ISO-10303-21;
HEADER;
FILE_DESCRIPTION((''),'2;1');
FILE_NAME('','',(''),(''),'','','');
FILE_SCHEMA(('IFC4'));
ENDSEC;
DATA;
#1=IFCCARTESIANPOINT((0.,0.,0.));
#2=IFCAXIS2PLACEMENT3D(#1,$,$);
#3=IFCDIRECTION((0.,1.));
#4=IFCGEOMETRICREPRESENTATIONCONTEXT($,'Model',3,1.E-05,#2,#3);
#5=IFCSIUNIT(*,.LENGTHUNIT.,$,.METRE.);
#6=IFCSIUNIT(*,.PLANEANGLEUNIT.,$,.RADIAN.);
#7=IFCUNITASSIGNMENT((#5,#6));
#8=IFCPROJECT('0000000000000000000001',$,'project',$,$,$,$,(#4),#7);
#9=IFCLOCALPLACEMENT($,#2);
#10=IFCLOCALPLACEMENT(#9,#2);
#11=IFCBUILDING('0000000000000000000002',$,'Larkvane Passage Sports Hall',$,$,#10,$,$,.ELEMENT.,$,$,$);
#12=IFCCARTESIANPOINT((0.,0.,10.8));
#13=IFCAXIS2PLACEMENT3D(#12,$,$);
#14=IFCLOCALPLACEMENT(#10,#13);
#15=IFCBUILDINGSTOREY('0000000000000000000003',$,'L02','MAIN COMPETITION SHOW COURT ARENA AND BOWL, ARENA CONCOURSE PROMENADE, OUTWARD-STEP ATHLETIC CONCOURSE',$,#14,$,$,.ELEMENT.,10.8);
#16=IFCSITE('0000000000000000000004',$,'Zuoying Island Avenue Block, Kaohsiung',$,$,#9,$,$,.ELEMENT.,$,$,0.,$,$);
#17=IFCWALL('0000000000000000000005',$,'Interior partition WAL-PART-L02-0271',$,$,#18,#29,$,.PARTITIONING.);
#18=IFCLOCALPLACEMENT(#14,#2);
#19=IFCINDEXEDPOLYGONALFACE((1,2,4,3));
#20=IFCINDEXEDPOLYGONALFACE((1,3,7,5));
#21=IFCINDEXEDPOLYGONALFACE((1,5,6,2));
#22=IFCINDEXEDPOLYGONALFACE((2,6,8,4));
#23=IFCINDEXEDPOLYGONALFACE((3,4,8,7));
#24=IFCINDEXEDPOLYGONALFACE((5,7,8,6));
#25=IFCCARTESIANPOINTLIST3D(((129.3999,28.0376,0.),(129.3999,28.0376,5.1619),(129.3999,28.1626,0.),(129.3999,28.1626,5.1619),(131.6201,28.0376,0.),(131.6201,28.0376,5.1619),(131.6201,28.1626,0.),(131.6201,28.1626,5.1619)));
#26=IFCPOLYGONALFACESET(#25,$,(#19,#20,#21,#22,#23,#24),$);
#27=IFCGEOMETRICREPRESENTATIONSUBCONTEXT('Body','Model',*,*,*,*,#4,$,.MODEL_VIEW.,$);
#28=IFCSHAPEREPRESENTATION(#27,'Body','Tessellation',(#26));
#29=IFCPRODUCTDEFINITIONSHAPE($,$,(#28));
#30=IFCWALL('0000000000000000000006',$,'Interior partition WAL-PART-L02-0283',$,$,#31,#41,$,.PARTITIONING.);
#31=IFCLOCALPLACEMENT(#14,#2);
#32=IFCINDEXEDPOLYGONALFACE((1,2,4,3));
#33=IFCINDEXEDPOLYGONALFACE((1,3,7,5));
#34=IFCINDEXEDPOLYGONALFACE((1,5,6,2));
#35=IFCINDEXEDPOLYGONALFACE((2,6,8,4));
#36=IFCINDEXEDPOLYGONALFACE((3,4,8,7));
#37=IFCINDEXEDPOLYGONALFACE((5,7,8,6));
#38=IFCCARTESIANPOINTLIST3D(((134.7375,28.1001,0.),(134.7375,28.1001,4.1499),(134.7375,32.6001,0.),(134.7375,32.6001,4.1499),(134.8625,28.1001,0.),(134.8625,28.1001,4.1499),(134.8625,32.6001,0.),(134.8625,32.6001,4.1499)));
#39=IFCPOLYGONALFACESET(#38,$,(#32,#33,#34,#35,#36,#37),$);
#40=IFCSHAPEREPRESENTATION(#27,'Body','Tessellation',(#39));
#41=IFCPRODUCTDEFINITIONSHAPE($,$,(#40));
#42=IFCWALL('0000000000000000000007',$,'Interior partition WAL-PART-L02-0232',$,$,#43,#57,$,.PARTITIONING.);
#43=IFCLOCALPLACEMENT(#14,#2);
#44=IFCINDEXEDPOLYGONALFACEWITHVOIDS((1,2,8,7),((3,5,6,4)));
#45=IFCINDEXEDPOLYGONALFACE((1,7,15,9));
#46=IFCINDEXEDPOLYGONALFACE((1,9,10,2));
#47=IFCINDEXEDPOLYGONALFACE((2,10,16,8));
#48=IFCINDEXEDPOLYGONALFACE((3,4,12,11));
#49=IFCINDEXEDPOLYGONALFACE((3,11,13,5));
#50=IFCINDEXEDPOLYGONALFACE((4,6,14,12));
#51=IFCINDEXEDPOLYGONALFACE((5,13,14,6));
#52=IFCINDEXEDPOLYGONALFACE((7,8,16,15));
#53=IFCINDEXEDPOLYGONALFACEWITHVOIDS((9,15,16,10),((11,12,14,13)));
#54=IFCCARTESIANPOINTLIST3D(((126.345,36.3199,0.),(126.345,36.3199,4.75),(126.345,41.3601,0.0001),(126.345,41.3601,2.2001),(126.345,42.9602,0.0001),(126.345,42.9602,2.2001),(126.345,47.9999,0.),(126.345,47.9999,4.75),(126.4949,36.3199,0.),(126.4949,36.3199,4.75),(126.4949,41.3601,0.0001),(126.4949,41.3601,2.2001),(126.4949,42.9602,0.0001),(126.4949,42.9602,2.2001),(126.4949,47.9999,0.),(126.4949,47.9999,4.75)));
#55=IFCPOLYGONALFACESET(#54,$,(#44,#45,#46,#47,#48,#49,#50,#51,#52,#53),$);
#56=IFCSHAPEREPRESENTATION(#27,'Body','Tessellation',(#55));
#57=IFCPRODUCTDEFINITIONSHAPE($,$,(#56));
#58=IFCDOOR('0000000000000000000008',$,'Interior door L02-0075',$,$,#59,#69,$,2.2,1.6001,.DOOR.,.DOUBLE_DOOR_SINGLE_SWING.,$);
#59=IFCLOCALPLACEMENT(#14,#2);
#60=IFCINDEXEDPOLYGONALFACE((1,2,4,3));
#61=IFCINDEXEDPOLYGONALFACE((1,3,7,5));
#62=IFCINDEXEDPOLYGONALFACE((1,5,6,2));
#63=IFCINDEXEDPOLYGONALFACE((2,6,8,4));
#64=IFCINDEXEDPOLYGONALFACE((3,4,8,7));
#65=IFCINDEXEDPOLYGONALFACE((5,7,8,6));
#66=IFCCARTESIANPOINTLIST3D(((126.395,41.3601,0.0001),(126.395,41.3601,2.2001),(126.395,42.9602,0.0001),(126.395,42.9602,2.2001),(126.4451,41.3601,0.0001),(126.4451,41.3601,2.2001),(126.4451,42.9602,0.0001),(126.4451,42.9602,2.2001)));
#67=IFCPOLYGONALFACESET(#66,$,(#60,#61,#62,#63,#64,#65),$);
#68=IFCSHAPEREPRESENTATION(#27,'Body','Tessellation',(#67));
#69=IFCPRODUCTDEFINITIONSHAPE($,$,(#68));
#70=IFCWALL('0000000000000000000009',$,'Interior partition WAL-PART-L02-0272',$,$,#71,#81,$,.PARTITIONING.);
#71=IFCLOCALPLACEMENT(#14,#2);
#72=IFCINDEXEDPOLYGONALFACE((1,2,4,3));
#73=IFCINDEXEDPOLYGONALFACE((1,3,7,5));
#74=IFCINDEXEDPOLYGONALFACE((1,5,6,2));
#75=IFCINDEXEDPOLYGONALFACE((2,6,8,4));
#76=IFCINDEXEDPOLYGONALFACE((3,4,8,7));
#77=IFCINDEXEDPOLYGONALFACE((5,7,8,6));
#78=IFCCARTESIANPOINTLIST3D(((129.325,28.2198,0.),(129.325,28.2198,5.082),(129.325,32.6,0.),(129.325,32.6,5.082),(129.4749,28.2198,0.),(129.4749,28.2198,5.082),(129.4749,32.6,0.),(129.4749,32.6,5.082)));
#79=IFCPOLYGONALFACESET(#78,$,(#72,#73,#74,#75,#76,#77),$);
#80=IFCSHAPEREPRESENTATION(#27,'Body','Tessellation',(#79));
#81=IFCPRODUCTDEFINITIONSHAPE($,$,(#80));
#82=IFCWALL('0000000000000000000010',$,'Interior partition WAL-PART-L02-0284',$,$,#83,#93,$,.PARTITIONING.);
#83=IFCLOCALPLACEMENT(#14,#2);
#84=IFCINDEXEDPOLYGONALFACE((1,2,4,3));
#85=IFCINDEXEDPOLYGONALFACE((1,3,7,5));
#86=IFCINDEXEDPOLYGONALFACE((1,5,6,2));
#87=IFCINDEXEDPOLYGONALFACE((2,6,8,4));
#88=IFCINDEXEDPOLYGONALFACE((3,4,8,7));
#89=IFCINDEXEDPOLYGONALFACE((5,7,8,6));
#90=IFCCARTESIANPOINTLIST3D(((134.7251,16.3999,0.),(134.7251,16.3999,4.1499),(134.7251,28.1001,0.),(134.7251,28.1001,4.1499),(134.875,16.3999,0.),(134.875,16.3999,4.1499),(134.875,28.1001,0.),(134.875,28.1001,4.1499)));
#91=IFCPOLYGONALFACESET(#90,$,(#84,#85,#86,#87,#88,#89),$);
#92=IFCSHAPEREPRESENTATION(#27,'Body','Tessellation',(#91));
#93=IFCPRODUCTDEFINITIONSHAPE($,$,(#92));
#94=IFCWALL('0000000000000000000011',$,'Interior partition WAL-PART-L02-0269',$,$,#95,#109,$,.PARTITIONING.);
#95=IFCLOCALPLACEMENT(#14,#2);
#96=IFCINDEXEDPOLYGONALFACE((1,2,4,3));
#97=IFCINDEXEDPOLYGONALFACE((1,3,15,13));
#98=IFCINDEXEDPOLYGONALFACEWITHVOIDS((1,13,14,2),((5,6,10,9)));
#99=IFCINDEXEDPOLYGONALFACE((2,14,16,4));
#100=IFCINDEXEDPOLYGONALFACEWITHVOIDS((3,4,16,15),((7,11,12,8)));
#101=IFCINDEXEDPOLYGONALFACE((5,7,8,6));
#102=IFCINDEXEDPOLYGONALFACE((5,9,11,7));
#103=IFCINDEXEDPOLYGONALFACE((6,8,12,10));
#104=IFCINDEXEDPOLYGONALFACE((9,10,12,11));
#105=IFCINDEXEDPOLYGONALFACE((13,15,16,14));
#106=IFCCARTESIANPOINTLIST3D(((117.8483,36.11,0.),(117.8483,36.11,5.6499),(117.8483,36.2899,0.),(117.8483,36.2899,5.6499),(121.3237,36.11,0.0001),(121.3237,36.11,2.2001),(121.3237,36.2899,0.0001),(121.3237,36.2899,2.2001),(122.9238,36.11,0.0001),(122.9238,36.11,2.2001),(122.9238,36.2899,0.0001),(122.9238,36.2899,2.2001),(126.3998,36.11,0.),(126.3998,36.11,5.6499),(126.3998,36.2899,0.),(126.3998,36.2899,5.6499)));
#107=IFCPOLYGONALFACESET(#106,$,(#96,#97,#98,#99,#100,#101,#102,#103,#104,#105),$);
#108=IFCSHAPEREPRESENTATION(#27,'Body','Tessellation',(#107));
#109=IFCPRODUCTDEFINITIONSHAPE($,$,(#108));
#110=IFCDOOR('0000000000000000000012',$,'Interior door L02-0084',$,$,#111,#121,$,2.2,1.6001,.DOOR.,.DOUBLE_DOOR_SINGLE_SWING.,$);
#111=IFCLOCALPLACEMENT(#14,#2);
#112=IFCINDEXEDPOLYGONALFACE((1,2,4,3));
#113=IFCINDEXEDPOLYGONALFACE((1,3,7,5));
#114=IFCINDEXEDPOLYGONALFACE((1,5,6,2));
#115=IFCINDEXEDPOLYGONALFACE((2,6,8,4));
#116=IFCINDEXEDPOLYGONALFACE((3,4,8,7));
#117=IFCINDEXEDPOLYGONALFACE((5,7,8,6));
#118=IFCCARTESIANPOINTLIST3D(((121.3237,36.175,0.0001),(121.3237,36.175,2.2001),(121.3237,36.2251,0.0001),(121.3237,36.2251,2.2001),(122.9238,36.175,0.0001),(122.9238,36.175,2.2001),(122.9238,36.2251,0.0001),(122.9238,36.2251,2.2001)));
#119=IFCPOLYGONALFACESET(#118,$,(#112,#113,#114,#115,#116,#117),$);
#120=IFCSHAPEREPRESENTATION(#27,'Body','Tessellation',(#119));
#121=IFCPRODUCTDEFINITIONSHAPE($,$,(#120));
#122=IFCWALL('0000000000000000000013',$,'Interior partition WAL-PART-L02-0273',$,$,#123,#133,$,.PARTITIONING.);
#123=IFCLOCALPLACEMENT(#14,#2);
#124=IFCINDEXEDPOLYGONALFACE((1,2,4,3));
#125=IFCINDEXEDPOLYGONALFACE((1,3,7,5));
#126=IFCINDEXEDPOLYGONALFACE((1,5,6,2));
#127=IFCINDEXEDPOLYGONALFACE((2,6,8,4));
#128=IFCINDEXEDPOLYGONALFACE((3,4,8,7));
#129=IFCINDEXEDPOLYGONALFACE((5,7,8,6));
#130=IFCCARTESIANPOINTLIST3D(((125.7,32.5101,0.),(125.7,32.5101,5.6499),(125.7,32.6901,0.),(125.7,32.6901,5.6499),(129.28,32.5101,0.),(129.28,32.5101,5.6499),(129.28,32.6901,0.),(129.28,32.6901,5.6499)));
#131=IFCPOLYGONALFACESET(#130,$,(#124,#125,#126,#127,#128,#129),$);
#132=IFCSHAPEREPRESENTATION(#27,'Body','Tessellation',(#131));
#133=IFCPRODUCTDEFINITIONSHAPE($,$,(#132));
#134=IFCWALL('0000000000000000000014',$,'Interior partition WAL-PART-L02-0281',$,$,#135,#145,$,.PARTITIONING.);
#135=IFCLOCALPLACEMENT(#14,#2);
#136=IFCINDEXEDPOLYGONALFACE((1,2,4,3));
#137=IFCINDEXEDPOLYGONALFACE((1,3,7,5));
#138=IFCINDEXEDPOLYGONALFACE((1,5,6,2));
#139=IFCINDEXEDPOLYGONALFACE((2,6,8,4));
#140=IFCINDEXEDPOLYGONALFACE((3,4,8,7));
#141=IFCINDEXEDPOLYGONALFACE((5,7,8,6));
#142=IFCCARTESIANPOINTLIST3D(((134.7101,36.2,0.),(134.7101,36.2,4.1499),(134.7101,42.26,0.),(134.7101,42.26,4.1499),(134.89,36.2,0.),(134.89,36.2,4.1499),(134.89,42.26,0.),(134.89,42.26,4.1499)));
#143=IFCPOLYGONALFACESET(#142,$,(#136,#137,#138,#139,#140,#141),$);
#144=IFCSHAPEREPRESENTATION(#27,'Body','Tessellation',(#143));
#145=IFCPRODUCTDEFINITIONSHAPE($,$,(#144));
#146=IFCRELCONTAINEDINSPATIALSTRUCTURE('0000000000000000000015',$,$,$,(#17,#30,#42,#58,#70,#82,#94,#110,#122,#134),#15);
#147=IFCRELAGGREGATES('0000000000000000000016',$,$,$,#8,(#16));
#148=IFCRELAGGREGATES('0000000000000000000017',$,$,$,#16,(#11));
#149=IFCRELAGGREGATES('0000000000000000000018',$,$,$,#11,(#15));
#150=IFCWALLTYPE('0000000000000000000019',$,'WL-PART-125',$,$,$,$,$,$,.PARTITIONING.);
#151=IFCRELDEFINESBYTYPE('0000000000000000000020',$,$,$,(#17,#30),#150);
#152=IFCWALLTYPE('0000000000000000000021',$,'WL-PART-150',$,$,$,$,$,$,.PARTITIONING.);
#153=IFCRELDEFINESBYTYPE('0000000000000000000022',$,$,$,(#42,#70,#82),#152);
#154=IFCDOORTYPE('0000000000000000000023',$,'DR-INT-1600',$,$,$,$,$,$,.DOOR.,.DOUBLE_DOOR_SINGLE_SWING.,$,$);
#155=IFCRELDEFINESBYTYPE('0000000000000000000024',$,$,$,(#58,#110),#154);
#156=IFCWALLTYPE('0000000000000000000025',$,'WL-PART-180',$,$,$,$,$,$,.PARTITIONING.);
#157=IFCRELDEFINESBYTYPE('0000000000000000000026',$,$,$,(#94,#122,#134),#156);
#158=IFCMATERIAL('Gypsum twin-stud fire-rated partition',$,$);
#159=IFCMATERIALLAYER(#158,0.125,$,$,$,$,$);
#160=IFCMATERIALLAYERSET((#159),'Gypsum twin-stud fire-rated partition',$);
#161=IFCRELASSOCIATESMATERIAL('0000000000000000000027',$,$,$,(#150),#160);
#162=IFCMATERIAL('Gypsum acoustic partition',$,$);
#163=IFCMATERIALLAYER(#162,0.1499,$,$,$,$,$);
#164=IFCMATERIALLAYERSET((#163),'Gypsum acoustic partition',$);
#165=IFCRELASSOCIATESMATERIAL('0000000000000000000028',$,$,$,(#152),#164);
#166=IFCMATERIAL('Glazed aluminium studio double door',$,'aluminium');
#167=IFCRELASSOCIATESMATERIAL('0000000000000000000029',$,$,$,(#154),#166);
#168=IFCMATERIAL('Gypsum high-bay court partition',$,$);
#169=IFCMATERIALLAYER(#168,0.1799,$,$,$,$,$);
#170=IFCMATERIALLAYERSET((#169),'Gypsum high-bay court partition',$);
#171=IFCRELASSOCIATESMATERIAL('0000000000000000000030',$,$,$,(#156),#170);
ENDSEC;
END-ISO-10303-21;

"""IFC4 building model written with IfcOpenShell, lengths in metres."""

from ifc_helpers import new_model, si_unit, direction, frame, frame_2d, origin, place, context, subcontext, project, spatial, rectangle, extrude, material, layer, layer_set, type_object, element, fill, save


model = new_model("IFC4")

# Units and contexts
model_context = context("Model", 3, precision=1e-05, world=origin(), true_north=direction((0.0, 1.0)))
body_context = subcontext(model_context, "Body", "Model", "MODEL_VIEW")
ifc_project = project(units=[si_unit("LENGTHUNIT", "METRE"), si_unit("PLANEANGLEUNIT", "RADIAN")], contexts=[model_context])

# Site, building, storey
site_placement = place(None, origin())
site = spatial("IfcSite", under=ifc_project, at=site_placement, Name="Zuoying Island Avenue Block, Kaohsiung", CompositionType="ELEMENT", RefElevation=0.0)
building_placement = place(site_placement, origin())
building = spatial("IfcBuilding", under=site, at=building_placement, Name="Larkvane Passage Sports Hall", CompositionType="ELEMENT")
storey_placement = place(building_placement, frame((0.0, 0.0, 10.8)))
storey = spatial("IfcBuildingStorey", under=building, at=storey_placement, Name="L02", Description="MAIN COMPETITION SHOW COURT ARENA AND BOWL, ARENA CONCOURSE PROMENADE, OUTWARD-STEP ATHLETIC CONCOURSE", CompositionType="ELEMENT", Elevation=10.8)

# Walls
ifc_material_1 = material(Name="Gypsum twin-stud fire-rated partition")
ifc_layer_1 = layer(ifc_material_1, 0.125)
ifc_layer_set_1 = layer_set([ifc_layer_1], Name="Gypsum twin-stud fire-rated partition")
wall_type_1 = type_object("IfcWallType", Name="WL-PART-125", PredefinedType="PARTITIONING", material=ifc_layer_set_1)
wall_1_placement = place(storey_placement, frame((131.6201, 28.1001, 0.0), z_axis=(0.0, 0.0, 1.0), x_axis=(-1.0, 0.0, 0.0)))
element("IfcWall", 1, at=wall_1_placement, inside=storey, type_object=wall_type_1, Name="Interior partition WAL-PART-L02-0271", PredefinedType="PARTITIONING", context=body_context, shape_type="SweptSolid", body=[
    extrude(rectangle(XDim=2.2202, YDim=0.125, at=frame_2d((1.1101, 0.0))), origin(), (0.0, 0.0, 1.0), 5.1619),
])
wall_2_placement = place(storey_placement, frame((134.8, 32.6001, 0.0), z_axis=(0.0, 0.0, 1.0), x_axis=(0.0, -1.0, 0.0)))
element("IfcWall", 2, at=wall_2_placement, inside=storey, type_object=wall_type_1, Name="Interior partition WAL-PART-L02-0283", PredefinedType="PARTITIONING", context=body_context, shape_type="SweptSolid", body=[
    extrude(rectangle(XDim=4.5, YDim=0.125, at=frame_2d((2.25, 0.0))), origin(), (0.0, 0.0, 1.0), 4.1499),
])

# Wall, opening, door
ifc_material_2 = material(Name="Gypsum acoustic partition")
ifc_layer_2 = layer(ifc_material_2, 0.1499)
ifc_layer_set_2 = layer_set([ifc_layer_2], Name="Gypsum acoustic partition")
wall_type_2 = type_object("IfcWallType", Name="WL-PART-150", PredefinedType="PARTITIONING", material=ifc_layer_set_2)
wall_3_placement = place(storey_placement, frame((126.4199, 36.3201, 0.0), z_axis=(0.0, 0.0, 1.0), x_axis=(0.0, 1.0, 0.0)))
wall_3 = element("IfcWall", 3, at=wall_3_placement, inside=storey, type_object=wall_type_2, Name="Interior partition WAL-PART-L02-0232", PredefinedType="PARTITIONING", context=body_context, shape_type="SweptSolid", body=[
    extrude(rectangle(XDim=11.6799, YDim=0.1499, at=frame_2d((5.8398, 0.0))), origin(), (0.0, 0.0, 1.0), 4.75),
])
opening_1_placement = place(wall_3_placement, frame((5.04, 0.0, 0.0)))
opening_1 = element("IfcOpeningElement", 4, at=opening_1_placement, cuts=wall_3, PredefinedType="OPENING", context=body_context, shape_type="SweptSolid", body=[
    extrude(rectangle(XDim=1.6001, YDim=2.2, at=frame_2d((0.8, 1.1001))), frame((0.0, 0.085, 0.0), z_axis=(0.0, -1.0, 0.0), x_axis=(1.0, 0.0, 0.0)), (0.0, 0.0, 1.0), 0.1699),
])
ifc_material_3 = material(Name="Glazed aluminium studio double door", Category="aluminium")
door_type = type_object("IfcDoorType", Name="DR-INT-1600", OperationType="DOUBLE_DOOR_SINGLE_SWING", PredefinedType="DOOR", material=ifc_material_3)
door_1_placement = place(opening_1_placement, origin())
door_1 = element("IfcDoor", 5, at=door_1_placement, inside=storey, type_object=door_type, Name="Interior door L02-0075", OperationType="DOUBLE_DOOR_SINGLE_SWING", OverallHeight=2.2, OverallWidth=1.6001, PredefinedType="DOOR", context=body_context, shape_type="SweptSolid", body=[
    extrude(rectangle(XDim=1.6001, YDim=2.2, at=frame_2d((0.8, 1.1001))), frame((0.0, 0.0249, 0.0), z_axis=(0.0, -1.0, 0.0), x_axis=(1.0, 0.0, 0.0)), (0.0, 0.0, 1.0), 0.05),
])
fill(opening_1, door_1)

# Walls
wall_4_placement = place(storey_placement, frame((129.3999, 28.22, 0.0), z_axis=(0.0, 0.0, 1.0), x_axis=(0.0, 1.0, 0.0)))
element("IfcWall", 6, at=wall_4_placement, inside=storey, type_object=wall_type_2, Name="Interior partition WAL-PART-L02-0272", PredefinedType="PARTITIONING", context=body_context, shape_type="SweptSolid", body=[
    extrude(rectangle(XDim=4.3801, YDim=0.1499, at=frame_2d((2.1899, 0.0))), origin(), (0.0, 0.0, 1.0), 5.082),
])
wall_5_placement = place(storey_placement, frame((134.8, 28.1001, 0.0), z_axis=(0.0, 0.0, 1.0), x_axis=(0.0, -1.0, 0.0)))
element("IfcWall", 7, at=wall_5_placement, inside=storey, type_object=wall_type_2, Name="Interior partition WAL-PART-L02-0284", PredefinedType="PARTITIONING", context=body_context, shape_type="SweptSolid", body=[
    extrude(rectangle(XDim=11.7002, YDim=0.1499, at=frame_2d((5.8501, 0.0))), origin(), (0.0, 0.0, 1.0), 4.1499),
])

# Wall, opening, door
ifc_material_4 = material(Name="Gypsum high-bay court partition")
ifc_layer_3 = layer(ifc_material_4, 0.1799)
ifc_layer_set_3 = layer_set([ifc_layer_3], Name="Gypsum high-bay court partition")
wall_type_3 = type_object("IfcWallType", Name="WL-PART-180", PredefinedType="PARTITIONING", material=ifc_layer_set_3)
wall_6_placement = place(storey_placement, frame((126.3999, 36.2, 0.0), z_axis=(0.0, 0.0, 1.0), x_axis=(-1.0, 0.0, 0.0)))
wall_6 = element("IfcWall", 8, at=wall_6_placement, inside=storey, type_object=wall_type_3, Name="Interior partition WAL-PART-L02-0269", PredefinedType="PARTITIONING", context=body_context, shape_type="SweptSolid", body=[
    extrude(rectangle(XDim=8.5515, YDim=0.1799, at=frame_2d((4.2759, 0.0))), origin(), (0.0, 0.0, 1.0), 5.6499),
])
opening_2_placement = place(wall_6_placement, frame((3.4761, 0.0, 0.0)))
opening_2 = element("IfcOpeningElement", 9, at=opening_2_placement, cuts=wall_6, PredefinedType="OPENING", context=body_context, shape_type="SweptSolid", body=[
    extrude(rectangle(XDim=1.6001, YDim=2.2, at=frame_2d((0.8, 1.1001))), frame((0.0, 0.0999, 0.0), z_axis=(0.0, -1.0, 0.0), x_axis=(1.0, 0.0, 0.0)), (0.0, 0.0, 1.0), 0.2),
])
door_2_placement = place(opening_2_placement, origin())
door_2 = element("IfcDoor", 10, at=door_2_placement, inside=storey, type_object=door_type, Name="Interior door L02-0084", OperationType="DOUBLE_DOOR_SINGLE_SWING", OverallHeight=2.2, OverallWidth=1.6001, PredefinedType="DOOR", context=body_context, shape_type="SweptSolid", body=[
    extrude(rectangle(XDim=1.6001, YDim=2.2, at=frame_2d((0.8, 1.1001))), frame((0.0, 0.0249, 0.0), z_axis=(0.0, -1.0, 0.0), x_axis=(1.0, 0.0, 0.0)), (0.0, 0.0, 1.0), 0.05),
])
fill(opening_2, door_2)

# Walls
wall_7_placement = place(storey_placement, frame((129.28, 32.6001, 0.0), z_axis=(0.0, 0.0, 1.0), x_axis=(-1.0, 0.0, 0.0)))
element("IfcWall", 11, at=wall_7_placement, inside=storey, type_object=wall_type_3, Name="Interior partition WAL-PART-L02-0273", PredefinedType="PARTITIONING", context=body_context, shape_type="SweptSolid", body=[
    extrude(rectangle(XDim=3.5801, YDim=0.1799, at=frame_2d((1.79, 0.0))), origin(), (0.0, 0.0, 1.0), 5.6499),
])
wall_8_placement = place(storey_placement, frame((134.8, 42.26, 0.0), z_axis=(0.0, 0.0, 1.0), x_axis=(0.0, -1.0, 0.0)))
element("IfcWall", 12, at=wall_8_placement, inside=storey, type_object=wall_type_3, Name="Interior partition WAL-PART-L02-0281", PredefinedType="PARTITIONING", context=body_context, shape_type="SweptSolid", body=[
    extrude(rectangle(XDim=6.0601, YDim=0.1799, at=frame_2d((3.03, 0.0))), origin(), (0.0, 0.0, 1.0), 4.1499),
])

save(model, "model.ifc")
